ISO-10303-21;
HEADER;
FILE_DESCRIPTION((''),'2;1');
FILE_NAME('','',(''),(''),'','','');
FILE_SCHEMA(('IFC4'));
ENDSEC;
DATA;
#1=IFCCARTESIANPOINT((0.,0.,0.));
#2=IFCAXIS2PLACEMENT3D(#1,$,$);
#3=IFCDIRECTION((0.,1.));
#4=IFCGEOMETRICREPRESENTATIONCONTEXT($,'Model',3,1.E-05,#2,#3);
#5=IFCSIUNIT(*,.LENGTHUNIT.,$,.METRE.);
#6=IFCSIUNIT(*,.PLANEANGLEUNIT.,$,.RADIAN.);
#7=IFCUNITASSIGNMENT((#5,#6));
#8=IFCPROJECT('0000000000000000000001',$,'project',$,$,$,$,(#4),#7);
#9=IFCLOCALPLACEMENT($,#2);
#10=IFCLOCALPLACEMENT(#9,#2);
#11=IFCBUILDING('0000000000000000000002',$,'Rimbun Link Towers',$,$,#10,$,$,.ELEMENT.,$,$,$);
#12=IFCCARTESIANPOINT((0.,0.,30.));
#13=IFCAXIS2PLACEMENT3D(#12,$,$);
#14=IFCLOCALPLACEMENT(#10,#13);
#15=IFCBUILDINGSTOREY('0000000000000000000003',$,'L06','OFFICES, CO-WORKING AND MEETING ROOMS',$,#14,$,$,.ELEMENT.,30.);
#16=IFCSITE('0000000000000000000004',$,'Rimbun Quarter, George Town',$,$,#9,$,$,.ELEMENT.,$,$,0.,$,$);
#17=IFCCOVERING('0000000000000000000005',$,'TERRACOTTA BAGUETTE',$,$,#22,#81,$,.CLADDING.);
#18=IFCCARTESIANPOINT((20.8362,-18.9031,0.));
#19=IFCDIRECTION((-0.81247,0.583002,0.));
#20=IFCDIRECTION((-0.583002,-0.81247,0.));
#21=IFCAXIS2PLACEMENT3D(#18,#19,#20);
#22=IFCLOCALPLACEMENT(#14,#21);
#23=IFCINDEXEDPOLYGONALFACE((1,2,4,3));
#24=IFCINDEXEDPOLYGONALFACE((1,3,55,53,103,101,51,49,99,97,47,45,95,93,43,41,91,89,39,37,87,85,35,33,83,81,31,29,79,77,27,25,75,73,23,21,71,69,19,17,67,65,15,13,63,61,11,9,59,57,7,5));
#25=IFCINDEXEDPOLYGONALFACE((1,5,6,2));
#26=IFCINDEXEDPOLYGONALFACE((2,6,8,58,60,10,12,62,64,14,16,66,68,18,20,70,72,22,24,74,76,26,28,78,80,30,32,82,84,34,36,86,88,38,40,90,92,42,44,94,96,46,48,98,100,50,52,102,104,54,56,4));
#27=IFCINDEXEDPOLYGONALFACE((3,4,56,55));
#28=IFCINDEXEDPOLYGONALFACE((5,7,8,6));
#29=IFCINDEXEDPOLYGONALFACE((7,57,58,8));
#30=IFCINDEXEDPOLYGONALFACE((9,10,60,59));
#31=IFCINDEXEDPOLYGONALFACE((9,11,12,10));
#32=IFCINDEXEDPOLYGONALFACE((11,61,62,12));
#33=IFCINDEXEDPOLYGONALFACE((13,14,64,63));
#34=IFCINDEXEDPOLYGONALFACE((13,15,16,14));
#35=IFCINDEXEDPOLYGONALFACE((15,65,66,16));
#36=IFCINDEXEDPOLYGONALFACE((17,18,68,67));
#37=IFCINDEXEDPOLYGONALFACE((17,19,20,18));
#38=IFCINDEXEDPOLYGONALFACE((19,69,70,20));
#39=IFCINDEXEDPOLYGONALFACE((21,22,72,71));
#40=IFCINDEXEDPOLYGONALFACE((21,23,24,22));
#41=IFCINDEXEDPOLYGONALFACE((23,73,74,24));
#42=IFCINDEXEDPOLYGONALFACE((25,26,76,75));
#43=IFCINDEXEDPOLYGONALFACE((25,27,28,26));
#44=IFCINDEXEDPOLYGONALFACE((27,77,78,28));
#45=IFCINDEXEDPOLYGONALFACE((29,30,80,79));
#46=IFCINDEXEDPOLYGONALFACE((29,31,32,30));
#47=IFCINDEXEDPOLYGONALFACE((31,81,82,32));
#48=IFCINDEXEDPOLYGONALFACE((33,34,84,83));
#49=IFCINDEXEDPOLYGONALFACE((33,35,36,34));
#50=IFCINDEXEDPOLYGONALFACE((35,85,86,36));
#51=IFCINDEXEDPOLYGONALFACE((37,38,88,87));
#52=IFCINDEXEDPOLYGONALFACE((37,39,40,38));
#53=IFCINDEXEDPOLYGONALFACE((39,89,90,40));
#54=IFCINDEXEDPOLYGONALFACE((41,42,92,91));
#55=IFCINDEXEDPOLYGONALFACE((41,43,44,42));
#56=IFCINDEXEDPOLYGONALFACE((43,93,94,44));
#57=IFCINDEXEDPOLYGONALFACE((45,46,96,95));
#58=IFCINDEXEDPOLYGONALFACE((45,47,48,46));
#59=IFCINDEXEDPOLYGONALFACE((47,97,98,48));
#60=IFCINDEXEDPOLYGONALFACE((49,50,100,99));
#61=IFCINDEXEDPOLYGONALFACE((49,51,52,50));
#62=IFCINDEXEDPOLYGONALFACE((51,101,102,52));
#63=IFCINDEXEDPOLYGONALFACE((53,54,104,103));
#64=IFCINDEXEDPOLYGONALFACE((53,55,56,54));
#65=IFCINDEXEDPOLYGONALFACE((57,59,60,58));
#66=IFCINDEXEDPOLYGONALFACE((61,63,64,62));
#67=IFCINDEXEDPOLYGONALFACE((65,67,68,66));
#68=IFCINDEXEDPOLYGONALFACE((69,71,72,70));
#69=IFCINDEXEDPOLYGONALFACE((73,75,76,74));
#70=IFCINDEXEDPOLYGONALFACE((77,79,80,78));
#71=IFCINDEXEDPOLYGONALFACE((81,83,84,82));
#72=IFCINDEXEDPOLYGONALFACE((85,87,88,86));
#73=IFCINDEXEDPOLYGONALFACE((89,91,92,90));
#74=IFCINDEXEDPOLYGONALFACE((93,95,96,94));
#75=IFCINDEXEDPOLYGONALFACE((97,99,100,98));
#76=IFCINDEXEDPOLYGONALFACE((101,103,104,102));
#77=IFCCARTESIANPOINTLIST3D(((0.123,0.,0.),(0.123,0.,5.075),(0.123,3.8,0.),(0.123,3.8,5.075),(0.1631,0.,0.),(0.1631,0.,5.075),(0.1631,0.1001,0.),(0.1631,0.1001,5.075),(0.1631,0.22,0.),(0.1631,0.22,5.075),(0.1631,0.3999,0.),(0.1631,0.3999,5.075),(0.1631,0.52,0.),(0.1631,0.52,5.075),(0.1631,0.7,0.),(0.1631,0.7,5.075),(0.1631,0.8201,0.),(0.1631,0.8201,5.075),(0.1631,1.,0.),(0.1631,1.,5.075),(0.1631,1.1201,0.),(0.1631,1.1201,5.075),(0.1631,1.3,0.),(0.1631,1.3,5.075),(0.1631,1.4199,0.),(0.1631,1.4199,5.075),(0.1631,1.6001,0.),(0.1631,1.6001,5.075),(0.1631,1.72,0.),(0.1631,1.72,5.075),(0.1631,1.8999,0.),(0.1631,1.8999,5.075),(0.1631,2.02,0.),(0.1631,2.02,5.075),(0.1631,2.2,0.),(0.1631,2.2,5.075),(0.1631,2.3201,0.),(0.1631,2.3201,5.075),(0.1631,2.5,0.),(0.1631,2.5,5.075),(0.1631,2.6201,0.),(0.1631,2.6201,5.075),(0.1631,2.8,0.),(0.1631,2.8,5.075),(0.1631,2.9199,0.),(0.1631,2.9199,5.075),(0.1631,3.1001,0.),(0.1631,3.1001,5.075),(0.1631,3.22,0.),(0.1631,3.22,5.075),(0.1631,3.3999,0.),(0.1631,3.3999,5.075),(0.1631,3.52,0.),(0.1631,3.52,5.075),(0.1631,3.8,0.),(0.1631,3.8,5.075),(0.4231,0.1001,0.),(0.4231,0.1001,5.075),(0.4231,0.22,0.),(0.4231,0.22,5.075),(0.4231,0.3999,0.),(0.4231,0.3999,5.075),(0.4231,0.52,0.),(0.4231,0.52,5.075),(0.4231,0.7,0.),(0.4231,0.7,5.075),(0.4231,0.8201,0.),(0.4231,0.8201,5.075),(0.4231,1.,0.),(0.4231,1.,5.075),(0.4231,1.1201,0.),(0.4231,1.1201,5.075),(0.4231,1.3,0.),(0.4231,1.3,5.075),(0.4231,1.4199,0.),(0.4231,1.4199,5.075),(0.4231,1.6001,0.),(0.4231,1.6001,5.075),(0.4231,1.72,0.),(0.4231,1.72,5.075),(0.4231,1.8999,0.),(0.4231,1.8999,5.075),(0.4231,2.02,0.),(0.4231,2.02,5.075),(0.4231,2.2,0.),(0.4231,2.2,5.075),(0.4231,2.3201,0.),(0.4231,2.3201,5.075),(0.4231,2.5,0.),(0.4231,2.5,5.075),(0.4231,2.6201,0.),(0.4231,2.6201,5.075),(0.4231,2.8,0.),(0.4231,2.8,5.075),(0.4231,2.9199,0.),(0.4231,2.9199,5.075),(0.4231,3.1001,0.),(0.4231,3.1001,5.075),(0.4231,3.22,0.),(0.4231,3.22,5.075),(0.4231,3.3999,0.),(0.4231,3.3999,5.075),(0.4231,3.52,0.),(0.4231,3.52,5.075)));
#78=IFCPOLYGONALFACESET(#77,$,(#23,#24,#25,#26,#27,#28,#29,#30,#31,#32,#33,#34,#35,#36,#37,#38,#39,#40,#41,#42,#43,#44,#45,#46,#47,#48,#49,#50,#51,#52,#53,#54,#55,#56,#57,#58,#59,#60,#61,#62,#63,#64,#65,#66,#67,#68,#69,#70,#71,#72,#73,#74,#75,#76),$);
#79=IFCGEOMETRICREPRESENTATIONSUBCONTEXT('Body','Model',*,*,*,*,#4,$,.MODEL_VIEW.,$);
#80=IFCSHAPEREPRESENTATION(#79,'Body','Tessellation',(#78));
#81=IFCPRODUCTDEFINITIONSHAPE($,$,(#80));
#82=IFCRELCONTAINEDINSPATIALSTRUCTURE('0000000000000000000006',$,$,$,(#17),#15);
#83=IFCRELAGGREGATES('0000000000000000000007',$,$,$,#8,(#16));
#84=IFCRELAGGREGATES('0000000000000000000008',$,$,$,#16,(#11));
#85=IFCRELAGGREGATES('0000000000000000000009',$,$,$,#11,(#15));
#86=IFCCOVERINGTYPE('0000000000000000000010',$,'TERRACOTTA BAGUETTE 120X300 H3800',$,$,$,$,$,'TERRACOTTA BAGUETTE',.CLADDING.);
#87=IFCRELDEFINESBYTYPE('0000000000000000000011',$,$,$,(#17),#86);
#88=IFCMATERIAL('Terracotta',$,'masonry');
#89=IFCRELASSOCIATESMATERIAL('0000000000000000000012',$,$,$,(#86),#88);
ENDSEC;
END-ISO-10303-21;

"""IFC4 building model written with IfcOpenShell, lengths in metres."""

from ifc_helpers import new_model, si_unit, direction, frame, origin, place, context, subcontext, project, spatial, polyline, outline, extrude, material, material_profile, profile_set, type_object, element, save


model = new_model("IFC4")

# Units and contexts
model_context = context("Model", 3, precision=1e-05, world=origin(), true_north=direction((0.0, 1.0)))
body_context = subcontext(model_context, "Body", "Model", "MODEL_VIEW")
ifc_project = project(units=[si_unit("LENGTHUNIT", "METRE"), si_unit("PLANEANGLEUNIT", "RADIAN")], contexts=[model_context])

# Site, building, storey
site_placement = place(None, origin())
site = spatial("IfcSite", under=ifc_project, at=site_placement, Name="Rimbun Quarter, George Town", CompositionType="ELEMENT", RefElevation=0.0)
building_placement = place(site_placement, origin())
building = spatial("IfcBuilding", under=site, at=building_placement, Name="Rimbun Link Towers", CompositionType="ELEMENT")
storey_placement = place(building_placement, frame((0.0, 0.0, 30.0)))
storey = spatial("IfcBuildingStorey", under=building, at=storey_placement, Name="L06", Description="OFFICES, CO-WORKING AND MEETING ROOMS", CompositionType="ELEMENT", Elevation=30.0)

# Covering
ifc_material_1 = material(Name="Terracotta", Category="masonry")
ifc_material_profile_1 = material_profile(ifc_material_1, outline(polyline([(0.123, 0.0), (0.1631, 0.0), (0.1631, 0.1001), (0.4231, 0.1001), (0.4231, 0.22), (0.1631, 0.22), (0.1631, 0.3999), (0.4231, 0.3999), (0.4231, 0.52), (0.1631, 0.52), (0.1631, 0.7), (0.4231, 0.7), (0.4231, 0.8201), (0.1631, 0.8201), (0.1631, 1.0), (0.4231, 1.0), (0.4231, 1.1201), (0.1631, 1.1201), (0.1631, 1.3), (0.4231, 1.3), (0.4231, 1.4199), (0.1631, 1.4199), (0.1631, 1.6001), (0.4231, 1.6001), (0.4231, 1.72), (0.1631, 1.72), (0.1631, 1.8999), (0.4231, 1.8999), (0.4231, 2.02), (0.1631, 2.02), (0.1631, 2.2), (0.4231, 2.2), (0.4231, 2.3201), (0.1631, 2.3201), (0.1631, 2.5), (0.4231, 2.5), (0.4231, 2.6201), (0.1631, 2.6201), (0.1631, 2.8), (0.4231, 2.8), (0.4231, 2.9199), (0.1631, 2.9199), (0.1631, 3.1001), (0.4231, 3.1001), (0.4231, 3.22), (0.1631, 3.22), (0.1631, 3.3999), (0.4231, 3.3999), (0.4231, 3.52), (0.1631, 3.52), (0.1631, 3.8), (0.123, 3.8), (0.123, 0.0)])), Name="BAGUETTE 120X300")
ifc_profile_set_1 = profile_set([ifc_material_profile_1], Name="Terracotta")
covering_type = type_object("IfcCoveringType", Name="TERRACOTTA BAGUETTE 120X300 H3800", ElementType="TERRACOTTA BAGUETTE", PredefinedType="CLADDING", material=ifc_profile_set_1)
covering_placement = place(storey_placement, frame((20.8362, -18.9031, 0.0), z_axis=(-0.81247, 0.583002, 0.0), x_axis=(-0.583002, -0.81247, 0.0)))
element("IfcCovering", 1, at=covering_placement, inside=storey, type_object=covering_type, Name="TERRACOTTA BAGUETTE", PredefinedType="CLADDING", context=body_context, shape_type="SweptSolid", body=[
    extrude(outline(polyline([(0.123, 0.0), (0.1631, 0.0), (0.1631, 0.1001), (0.4231, 0.1001), (0.4231, 0.22), (0.1631, 0.22), (0.1631, 0.3999), (0.4231, 0.3999), (0.4231, 0.52), (0.1631, 0.52), (0.1631, 0.7), (0.4231, 0.7), (0.4231, 0.8201), (0.1631, 0.8201), (0.1631, 1.0), (0.4231, 1.0), (0.4231, 1.1201), (0.1631, 1.1201), (0.1631, 1.3), (0.4231, 1.3), (0.4231, 1.4199), (0.1631, 1.4199), (0.1631, 1.6001), (0.4231, 1.6001), (0.4231, 1.72), (0.1631, 1.72), (0.1631, 1.8999), (0.4231, 1.8999), (0.4231, 2.02), (0.1631, 2.02), (0.1631, 2.2), (0.4231, 2.2), (0.4231, 2.3201), (0.1631, 2.3201), (0.1631, 2.5), (0.4231, 2.5), (0.4231, 2.6201), (0.1631, 2.6201), (0.1631, 2.8), (0.4231, 2.8), (0.4231, 2.9199), (0.1631, 2.9199), (0.1631, 3.1001), (0.4231, 3.1001), (0.4231, 3.22), (0.1631, 3.22), (0.1631, 3.3999), (0.4231, 3.3999), (0.4231, 3.52), (0.1631, 3.52), (0.1631, 3.8), (0.123, 3.8), (0.123, 0.0)])), origin(), (0.0, 0.0, 1.0), 5.075),
])

save(model, "model.ifc")
